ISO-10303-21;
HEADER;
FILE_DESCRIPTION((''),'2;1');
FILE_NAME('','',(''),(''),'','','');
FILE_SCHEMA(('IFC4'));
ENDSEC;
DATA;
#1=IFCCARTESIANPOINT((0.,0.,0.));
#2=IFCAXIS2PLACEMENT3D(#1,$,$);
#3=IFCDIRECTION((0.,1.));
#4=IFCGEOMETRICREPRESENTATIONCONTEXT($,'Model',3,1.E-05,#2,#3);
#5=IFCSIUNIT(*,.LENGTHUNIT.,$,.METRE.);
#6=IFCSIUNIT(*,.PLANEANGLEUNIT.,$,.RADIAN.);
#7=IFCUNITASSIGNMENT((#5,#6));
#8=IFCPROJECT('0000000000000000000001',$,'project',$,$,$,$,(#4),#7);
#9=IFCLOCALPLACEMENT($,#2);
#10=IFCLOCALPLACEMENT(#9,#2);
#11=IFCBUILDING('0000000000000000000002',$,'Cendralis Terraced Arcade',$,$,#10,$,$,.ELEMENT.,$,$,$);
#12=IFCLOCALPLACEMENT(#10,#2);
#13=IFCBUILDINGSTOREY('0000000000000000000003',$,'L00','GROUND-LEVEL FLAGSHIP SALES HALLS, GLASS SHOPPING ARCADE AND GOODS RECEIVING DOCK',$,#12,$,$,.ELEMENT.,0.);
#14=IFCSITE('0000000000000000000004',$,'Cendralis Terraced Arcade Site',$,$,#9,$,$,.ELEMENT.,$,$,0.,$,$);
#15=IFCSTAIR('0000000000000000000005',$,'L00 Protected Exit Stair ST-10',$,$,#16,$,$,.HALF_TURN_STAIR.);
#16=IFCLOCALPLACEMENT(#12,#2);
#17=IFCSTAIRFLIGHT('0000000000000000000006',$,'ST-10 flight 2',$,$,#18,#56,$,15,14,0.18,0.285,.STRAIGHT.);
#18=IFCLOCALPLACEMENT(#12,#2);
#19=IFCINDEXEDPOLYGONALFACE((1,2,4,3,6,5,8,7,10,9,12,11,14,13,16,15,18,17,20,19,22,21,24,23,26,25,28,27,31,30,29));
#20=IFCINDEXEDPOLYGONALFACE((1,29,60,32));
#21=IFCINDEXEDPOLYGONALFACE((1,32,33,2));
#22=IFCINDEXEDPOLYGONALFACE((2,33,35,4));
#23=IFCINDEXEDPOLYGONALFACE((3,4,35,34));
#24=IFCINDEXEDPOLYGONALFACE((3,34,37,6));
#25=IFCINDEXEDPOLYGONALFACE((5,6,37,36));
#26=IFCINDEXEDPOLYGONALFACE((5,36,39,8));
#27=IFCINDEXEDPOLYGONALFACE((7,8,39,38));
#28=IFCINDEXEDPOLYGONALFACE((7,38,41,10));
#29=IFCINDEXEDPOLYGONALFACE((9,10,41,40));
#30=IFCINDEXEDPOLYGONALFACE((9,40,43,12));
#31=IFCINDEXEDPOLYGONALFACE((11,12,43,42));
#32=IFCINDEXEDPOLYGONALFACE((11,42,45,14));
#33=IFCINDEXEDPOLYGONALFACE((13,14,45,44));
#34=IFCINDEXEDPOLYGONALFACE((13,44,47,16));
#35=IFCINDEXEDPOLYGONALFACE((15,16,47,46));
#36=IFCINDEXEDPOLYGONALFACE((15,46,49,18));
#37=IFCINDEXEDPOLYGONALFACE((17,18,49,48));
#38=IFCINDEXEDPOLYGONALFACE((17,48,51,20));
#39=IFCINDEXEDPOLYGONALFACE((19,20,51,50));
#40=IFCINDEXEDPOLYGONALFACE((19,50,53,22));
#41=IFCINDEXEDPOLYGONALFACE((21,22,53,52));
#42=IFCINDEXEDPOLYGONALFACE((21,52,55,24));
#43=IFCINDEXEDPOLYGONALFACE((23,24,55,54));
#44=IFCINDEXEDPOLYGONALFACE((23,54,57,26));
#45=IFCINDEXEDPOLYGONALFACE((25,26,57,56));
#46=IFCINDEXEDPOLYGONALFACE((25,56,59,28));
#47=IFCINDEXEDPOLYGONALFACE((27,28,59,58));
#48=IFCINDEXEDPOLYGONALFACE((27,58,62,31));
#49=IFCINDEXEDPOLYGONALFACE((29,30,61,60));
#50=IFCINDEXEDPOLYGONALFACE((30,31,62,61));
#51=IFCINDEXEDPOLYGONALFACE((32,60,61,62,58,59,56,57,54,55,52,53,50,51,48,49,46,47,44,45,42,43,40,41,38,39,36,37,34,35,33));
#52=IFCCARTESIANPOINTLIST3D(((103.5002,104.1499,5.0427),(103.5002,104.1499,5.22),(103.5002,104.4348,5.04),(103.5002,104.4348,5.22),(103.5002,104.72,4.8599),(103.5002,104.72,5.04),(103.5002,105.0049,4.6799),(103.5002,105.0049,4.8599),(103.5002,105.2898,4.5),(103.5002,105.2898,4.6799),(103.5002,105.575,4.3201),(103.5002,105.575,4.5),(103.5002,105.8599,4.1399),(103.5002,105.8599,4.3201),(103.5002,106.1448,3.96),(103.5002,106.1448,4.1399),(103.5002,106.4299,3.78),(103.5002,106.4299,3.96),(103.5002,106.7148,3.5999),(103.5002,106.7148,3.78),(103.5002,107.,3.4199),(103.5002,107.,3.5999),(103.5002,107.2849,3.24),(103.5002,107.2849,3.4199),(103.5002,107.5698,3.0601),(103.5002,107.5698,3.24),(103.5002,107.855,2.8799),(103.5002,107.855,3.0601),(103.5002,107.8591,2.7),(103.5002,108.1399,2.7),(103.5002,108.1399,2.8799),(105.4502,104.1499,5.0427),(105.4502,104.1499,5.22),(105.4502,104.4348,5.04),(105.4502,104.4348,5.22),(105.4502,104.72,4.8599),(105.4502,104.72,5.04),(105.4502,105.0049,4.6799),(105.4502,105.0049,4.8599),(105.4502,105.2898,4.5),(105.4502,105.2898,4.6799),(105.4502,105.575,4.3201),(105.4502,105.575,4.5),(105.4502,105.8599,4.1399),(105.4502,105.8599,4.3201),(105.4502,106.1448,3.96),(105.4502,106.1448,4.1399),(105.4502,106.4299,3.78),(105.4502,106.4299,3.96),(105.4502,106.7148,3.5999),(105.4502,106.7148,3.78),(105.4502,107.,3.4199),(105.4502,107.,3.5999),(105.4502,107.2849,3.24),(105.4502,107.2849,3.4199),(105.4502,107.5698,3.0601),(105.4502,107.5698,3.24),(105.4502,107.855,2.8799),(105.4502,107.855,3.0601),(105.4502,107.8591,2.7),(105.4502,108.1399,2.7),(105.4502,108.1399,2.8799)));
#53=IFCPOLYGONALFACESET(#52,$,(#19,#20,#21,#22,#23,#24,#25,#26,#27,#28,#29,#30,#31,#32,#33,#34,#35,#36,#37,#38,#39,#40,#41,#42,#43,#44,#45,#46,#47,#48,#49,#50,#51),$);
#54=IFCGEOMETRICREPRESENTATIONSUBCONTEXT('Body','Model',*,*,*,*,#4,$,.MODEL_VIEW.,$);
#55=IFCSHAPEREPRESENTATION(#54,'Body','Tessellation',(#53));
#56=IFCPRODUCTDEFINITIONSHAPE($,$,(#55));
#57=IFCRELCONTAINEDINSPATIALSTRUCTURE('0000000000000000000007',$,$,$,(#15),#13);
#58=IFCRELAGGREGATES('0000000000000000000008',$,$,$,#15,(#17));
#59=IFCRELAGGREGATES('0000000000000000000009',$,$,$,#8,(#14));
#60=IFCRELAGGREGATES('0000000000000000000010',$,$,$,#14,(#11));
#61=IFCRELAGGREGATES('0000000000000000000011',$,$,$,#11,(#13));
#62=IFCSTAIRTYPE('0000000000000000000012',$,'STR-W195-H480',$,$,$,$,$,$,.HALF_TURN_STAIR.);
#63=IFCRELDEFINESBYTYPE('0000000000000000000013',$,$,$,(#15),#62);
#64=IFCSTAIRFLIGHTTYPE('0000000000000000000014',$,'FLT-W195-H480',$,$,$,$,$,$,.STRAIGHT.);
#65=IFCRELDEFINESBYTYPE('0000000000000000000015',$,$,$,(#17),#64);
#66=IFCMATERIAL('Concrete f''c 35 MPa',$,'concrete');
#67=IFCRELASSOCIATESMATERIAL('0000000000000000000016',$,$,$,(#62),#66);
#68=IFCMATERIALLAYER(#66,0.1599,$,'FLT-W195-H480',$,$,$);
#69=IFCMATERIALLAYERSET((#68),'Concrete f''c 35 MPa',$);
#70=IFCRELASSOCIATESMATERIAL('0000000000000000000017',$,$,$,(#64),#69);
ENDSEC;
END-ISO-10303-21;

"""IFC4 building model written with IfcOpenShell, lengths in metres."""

from ifc_helpers import new_model, si_unit, direction, frame, origin, place, context, subcontext, project, spatial, polyline, outline, extrude, material, layer, layer_set, type_object, element, aggregate, save


model = new_model("IFC4")

# Units and contexts
model_context = context("Model", 3, precision=1e-05, world=origin(), true_north=direction((0.0, 1.0)))
body_context = subcontext(model_context, "Body", "Model", "MODEL_VIEW")
ifc_project = project(units=[si_unit("LENGTHUNIT", "METRE"), si_unit("PLANEANGLEUNIT", "RADIAN")], contexts=[model_context])

# Site, building, storey
site_placement = place(None, origin())
site = spatial("IfcSite", under=ifc_project, at=site_placement, Name="Cendralis Terraced Arcade Site", CompositionType="ELEMENT", RefElevation=0.0)
building_placement = place(site_placement, origin())
building = spatial("IfcBuilding", under=site, at=building_placement, Name="Cendralis Terraced Arcade", CompositionType="ELEMENT")
storey_placement = place(building_placement, origin())
storey = spatial("IfcBuildingStorey", under=building, at=storey_placement, Name="L00", Description="GROUND-LEVEL FLAGSHIP SALES HALLS, GLASS SHOPPING ARCADE AND GOODS RECEIVING DOCK", CompositionType="ELEMENT", Elevation=0.0)

# Shared definitions
ifc_material_1 = material(Name="Concrete f'c 35 MPa", Category="concrete")

# Stair, stair flight
stair_type = type_object("IfcStairType", Name="STR-W195-H480", PredefinedType="HALF_TURN_STAIR", material=ifc_material_1)
stair_placement = place(storey_placement, origin())
stair = element("IfcStair", 1, at=stair_placement, inside=storey, type_object=stair_type, Name="L00 Protected Exit Stair ST-10", PredefinedType="HALF_TURN_STAIR")
ifc_layer_1 = layer(ifc_material_1, 0.1599, Name="FLT-W195-H480")
ifc_layer_set_1 = layer_set([ifc_layer_1], Name="Concrete f'c 35 MPa")
stair_flight_type = type_object("IfcStairFlightType", Name="FLT-W195-H480", PredefinedType="STRAIGHT", material=ifc_layer_set_1)
stair_flight_1_placement = place(storey_placement, frame((104.4751, 108.1399, 2.7), z_axis=(0.0, 0.0, 1.0), x_axis=(0.0, -1.0, 0.0)))
stair_flight_1 = element("IfcStairFlight", 2, at=stair_flight_1_placement, type_object=stair_flight_type, Name="ST-10 flight 2", NumberOfRisers=15, NumberOfTreads=14, PredefinedType="STRAIGHT", RiserHeight=0.18, TreadLength=0.285, context=body_context, shape_type="SweptSolid", body=[
    extrude(outline(polyline([(0.0, 0.0), (0.0, 0.1799), (0.2849, 0.1799), (0.2849, 0.3601), (0.5701, 0.3601), (0.5701, 0.54), (0.855, 0.54), (0.855, 0.72), (1.1399, 0.72), (1.1399, 0.8999), (1.425, 0.8999), (1.425, 1.0801), (1.71, 1.0801), (1.71, 1.26), (1.9951, 1.26), (1.9951, 1.4399), (2.28, 1.4399), (2.28, 1.6201), (2.5649, 1.6201), (2.5649, 1.8), (2.8501, 1.8), (2.8501, 1.98), (3.135, 1.98), (3.135, 2.1599), (3.4199, 2.1599), (3.4199, 2.3401), (3.7051, 2.3401), (3.7051, 2.52), (3.99, 2.52), (3.99, 2.7), (3.99, 2.3428), (0.2808, 0.0), (0.0, 0.0)])), frame((0.0, 0.9751, 0.0), z_axis=(0.0, -1.0, 0.0), x_axis=(1.0, 0.0, 0.0)), (0.0, 0.0, 1.0), 1.95),
])
aggregate(stair, [stair_flight_1])

save(model, "model.ifc")
